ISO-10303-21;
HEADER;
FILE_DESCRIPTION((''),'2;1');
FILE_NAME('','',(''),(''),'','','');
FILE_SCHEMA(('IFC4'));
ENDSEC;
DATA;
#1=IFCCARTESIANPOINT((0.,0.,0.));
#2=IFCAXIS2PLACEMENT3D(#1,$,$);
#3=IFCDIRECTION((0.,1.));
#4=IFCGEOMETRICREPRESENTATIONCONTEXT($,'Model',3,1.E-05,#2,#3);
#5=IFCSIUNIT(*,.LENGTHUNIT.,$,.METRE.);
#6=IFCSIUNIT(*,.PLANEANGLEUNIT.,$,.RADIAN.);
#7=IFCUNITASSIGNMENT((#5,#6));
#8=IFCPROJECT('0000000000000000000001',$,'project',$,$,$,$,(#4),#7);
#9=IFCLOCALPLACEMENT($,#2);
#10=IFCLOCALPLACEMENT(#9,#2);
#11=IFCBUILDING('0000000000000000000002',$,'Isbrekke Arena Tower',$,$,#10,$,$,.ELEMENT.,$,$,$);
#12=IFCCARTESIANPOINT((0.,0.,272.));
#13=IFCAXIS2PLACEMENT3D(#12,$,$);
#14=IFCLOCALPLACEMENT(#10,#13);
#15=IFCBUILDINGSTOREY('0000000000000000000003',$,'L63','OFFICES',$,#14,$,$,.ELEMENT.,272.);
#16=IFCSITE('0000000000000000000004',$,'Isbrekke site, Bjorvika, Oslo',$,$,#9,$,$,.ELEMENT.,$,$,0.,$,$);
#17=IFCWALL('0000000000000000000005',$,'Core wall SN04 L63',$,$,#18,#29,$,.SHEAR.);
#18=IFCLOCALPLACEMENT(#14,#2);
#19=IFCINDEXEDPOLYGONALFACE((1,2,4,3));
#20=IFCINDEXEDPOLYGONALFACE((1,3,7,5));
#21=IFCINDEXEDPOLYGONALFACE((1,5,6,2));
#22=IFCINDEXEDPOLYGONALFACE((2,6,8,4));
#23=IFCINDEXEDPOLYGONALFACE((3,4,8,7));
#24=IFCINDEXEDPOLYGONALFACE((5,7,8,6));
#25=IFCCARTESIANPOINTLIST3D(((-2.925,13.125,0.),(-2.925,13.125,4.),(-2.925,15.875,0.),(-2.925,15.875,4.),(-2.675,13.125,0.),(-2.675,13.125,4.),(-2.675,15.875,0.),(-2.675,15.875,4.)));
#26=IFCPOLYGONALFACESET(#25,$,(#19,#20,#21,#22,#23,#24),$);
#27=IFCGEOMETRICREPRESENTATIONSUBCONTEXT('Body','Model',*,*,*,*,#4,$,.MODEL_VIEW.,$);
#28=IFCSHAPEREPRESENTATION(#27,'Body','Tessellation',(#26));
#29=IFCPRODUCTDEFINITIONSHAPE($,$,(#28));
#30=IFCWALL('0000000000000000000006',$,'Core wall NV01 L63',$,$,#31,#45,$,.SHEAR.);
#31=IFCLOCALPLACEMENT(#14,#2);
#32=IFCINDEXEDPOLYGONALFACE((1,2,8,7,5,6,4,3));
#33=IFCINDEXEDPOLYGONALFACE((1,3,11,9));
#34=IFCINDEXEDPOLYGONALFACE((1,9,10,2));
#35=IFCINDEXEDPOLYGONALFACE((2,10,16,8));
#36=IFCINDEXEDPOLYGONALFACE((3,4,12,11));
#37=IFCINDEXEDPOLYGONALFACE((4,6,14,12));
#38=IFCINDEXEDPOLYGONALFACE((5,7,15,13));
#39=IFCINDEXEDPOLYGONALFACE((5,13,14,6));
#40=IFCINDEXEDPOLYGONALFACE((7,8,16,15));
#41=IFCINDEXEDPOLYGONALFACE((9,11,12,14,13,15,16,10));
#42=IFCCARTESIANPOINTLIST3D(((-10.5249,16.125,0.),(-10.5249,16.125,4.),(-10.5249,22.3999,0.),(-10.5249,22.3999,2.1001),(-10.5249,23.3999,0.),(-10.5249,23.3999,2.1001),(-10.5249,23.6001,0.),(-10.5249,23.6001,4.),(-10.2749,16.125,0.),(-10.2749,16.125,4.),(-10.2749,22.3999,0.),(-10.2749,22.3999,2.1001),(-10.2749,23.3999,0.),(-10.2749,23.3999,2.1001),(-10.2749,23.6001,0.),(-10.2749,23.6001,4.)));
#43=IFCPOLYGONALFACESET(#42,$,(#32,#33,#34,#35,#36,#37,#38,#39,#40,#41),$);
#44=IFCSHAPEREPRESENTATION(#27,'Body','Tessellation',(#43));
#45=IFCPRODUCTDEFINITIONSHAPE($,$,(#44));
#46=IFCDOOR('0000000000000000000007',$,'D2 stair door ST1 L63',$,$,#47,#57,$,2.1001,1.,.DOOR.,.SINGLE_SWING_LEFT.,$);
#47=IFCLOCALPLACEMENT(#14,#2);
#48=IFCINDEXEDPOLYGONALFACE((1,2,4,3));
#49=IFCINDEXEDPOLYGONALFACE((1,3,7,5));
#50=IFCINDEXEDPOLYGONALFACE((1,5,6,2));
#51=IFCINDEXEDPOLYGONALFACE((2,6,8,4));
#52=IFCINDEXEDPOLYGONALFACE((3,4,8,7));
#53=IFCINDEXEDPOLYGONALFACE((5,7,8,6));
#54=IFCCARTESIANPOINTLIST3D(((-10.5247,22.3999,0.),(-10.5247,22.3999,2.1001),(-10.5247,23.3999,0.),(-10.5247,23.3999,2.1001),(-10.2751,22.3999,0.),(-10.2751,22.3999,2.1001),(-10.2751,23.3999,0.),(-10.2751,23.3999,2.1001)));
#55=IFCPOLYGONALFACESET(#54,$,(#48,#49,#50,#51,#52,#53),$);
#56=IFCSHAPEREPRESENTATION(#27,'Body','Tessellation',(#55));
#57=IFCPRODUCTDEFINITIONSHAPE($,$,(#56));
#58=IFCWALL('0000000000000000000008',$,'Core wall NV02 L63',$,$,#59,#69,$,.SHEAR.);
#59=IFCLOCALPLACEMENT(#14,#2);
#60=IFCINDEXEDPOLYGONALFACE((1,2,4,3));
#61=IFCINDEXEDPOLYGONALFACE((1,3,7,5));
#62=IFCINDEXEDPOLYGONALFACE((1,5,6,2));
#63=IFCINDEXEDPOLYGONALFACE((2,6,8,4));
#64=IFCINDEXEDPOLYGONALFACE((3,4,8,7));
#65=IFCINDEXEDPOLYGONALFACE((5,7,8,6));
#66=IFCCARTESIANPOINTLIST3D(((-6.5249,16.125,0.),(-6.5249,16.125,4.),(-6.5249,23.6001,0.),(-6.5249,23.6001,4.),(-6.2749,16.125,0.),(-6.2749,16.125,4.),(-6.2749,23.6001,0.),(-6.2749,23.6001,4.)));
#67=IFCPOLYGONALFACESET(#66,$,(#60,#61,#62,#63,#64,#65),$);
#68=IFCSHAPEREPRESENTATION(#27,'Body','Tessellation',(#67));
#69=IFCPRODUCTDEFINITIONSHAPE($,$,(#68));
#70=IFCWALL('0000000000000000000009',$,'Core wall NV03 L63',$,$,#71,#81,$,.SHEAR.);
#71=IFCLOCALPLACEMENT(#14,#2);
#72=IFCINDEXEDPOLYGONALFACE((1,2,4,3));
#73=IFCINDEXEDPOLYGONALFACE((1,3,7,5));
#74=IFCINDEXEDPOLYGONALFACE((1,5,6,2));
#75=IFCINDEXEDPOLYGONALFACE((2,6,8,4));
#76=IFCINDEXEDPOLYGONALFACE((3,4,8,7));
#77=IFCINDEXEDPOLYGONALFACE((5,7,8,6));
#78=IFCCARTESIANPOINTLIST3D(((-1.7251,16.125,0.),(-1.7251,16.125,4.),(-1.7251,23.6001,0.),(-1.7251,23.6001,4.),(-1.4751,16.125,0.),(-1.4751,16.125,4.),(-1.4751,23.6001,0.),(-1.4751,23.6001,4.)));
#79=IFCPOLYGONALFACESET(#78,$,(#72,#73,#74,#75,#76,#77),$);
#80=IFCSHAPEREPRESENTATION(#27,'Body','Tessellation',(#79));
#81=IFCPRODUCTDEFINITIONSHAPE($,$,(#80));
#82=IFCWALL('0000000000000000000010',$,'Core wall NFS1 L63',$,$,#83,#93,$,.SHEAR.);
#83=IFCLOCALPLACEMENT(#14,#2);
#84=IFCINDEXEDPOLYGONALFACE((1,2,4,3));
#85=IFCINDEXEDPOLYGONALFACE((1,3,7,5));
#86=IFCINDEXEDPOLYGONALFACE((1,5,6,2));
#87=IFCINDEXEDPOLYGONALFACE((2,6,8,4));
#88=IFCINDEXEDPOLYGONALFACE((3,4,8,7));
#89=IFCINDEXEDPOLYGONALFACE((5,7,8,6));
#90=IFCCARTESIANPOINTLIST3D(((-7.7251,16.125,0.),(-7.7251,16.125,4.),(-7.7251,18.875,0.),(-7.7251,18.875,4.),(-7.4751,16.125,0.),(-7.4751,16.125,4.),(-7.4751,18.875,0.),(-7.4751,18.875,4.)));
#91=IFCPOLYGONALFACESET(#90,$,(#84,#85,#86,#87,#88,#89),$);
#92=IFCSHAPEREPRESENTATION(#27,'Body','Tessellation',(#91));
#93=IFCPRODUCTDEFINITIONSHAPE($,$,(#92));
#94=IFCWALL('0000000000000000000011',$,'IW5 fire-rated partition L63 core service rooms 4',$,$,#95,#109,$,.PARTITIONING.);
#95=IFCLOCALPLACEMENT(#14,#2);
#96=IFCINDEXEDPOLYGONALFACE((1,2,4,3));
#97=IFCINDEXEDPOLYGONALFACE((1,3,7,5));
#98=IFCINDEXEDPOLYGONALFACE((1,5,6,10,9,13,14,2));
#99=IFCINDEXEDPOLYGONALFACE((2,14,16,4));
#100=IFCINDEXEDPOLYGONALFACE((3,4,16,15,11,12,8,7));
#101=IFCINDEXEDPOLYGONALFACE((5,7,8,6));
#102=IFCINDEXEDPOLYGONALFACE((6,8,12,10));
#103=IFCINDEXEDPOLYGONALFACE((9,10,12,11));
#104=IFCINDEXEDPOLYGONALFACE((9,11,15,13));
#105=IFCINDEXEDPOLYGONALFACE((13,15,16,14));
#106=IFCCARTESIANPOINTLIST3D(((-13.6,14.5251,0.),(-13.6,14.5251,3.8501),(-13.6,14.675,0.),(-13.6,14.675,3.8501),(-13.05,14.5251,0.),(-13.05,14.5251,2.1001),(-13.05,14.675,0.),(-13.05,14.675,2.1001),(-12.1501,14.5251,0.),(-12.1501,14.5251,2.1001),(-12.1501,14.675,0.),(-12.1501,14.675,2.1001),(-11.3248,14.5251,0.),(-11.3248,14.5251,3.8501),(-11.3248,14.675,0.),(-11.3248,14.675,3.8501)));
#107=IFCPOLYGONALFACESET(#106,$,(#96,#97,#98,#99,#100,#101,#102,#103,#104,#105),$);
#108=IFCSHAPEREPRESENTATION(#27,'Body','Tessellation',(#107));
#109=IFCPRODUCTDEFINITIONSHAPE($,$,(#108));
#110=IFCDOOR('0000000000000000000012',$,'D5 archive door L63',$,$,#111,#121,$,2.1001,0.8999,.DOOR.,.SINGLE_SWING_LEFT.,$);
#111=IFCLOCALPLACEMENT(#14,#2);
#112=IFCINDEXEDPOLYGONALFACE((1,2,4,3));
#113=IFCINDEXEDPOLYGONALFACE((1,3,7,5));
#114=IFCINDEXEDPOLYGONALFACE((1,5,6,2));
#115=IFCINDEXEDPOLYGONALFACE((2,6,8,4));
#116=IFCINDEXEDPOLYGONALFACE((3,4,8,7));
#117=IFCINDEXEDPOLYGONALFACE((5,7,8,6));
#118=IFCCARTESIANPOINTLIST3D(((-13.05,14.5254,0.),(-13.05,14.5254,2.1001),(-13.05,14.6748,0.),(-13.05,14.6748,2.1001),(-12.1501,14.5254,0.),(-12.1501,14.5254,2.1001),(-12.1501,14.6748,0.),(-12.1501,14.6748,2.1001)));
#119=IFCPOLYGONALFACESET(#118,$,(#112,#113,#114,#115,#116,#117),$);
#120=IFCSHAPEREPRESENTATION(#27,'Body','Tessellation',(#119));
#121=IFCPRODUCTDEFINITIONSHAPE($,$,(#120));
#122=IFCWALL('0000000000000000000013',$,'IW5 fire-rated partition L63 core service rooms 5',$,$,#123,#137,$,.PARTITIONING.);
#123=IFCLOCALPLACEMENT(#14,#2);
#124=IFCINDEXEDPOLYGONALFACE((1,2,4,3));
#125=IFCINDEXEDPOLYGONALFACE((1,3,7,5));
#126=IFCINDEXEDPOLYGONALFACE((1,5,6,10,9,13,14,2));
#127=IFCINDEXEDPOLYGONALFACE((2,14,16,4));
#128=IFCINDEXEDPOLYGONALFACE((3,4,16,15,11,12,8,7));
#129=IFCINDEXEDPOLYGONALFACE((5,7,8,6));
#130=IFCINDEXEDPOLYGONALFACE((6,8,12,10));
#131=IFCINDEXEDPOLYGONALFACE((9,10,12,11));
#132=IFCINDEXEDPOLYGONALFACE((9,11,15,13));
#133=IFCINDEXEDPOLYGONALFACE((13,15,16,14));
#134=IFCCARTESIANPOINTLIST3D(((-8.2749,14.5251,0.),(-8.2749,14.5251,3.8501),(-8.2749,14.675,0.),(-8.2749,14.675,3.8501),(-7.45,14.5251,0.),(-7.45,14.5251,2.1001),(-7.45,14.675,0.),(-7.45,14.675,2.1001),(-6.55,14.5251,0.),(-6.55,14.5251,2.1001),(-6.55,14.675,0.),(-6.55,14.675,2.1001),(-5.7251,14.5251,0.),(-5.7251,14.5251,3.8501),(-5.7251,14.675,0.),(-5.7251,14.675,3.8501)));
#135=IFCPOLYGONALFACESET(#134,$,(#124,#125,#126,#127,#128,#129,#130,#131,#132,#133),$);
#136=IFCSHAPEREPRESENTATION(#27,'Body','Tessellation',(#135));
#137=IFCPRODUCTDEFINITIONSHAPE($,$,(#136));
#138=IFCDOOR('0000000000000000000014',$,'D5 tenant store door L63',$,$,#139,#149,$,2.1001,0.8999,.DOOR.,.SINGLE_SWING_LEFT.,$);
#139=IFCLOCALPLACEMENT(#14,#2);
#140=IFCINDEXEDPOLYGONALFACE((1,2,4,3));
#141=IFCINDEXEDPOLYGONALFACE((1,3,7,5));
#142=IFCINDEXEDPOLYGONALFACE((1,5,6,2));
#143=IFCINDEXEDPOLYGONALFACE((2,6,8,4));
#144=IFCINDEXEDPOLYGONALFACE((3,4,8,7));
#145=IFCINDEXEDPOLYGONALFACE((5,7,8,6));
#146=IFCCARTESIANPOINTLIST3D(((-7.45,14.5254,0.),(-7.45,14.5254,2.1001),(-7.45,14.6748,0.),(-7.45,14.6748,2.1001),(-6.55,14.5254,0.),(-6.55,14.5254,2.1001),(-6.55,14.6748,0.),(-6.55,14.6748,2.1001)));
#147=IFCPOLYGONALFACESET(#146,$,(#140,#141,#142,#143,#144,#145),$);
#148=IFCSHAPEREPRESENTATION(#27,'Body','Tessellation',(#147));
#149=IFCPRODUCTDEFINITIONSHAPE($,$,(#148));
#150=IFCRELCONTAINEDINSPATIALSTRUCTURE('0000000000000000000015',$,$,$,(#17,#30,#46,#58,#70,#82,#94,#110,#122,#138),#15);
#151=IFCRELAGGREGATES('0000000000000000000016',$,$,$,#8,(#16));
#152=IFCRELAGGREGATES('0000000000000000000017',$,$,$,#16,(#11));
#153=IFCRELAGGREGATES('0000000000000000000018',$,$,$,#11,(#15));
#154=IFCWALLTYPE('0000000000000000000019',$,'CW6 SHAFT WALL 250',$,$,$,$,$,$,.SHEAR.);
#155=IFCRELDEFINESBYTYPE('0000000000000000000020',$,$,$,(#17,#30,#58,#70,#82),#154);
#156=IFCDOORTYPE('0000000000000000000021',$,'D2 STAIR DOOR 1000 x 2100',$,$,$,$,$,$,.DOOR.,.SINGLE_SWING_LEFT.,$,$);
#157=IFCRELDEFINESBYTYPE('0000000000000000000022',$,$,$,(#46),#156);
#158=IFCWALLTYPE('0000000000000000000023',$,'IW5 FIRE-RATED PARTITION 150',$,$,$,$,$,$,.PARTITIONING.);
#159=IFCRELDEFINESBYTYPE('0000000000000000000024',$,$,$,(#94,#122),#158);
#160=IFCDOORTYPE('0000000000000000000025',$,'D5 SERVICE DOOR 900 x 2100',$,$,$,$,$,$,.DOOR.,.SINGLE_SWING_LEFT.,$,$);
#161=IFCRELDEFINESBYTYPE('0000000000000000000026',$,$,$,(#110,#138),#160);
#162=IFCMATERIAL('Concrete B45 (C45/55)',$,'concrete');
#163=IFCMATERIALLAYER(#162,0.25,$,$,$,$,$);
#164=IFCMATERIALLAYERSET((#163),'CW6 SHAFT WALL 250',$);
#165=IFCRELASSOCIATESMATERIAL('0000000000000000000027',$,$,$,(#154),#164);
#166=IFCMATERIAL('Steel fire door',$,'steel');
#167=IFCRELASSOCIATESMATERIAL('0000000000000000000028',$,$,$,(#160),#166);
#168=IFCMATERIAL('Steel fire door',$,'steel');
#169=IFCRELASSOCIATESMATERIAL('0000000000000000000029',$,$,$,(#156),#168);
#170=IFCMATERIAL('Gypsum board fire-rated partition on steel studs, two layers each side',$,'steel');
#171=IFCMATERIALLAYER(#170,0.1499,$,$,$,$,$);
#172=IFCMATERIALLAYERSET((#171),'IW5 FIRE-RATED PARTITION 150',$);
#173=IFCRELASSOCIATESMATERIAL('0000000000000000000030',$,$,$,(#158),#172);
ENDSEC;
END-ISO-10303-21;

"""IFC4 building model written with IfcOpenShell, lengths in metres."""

from ifc_helpers import new_model, si_unit, direction, frame, frame_2d, origin, place, context, subcontext, project, spatial, rectangle, extrude, material, layer, layer_set, type_object, element, fill, save


model = new_model("IFC4")

# Units and contexts
model_context = context("Model", 3, precision=1e-05, world=origin(), true_north=direction((0.0, 1.0)))
body_context = subcontext(model_context, "Body", "Model", "MODEL_VIEW")
ifc_project = project(units=[si_unit("LENGTHUNIT", "METRE"), si_unit("PLANEANGLEUNIT", "RADIAN")], contexts=[model_context])

# Site, building, storey
site_placement = place(None, origin())
site = spatial("IfcSite", under=ifc_project, at=site_placement, Name="Isbrekke site, Bjorvika, Oslo", CompositionType="ELEMENT", RefElevation=0.0)
building_placement = place(site_placement, origin())
building = spatial("IfcBuilding", under=site, at=building_placement, Name="Isbrekke Arena Tower", CompositionType="ELEMENT")
storey_placement = place(building_placement, frame((0.0, 0.0, 272.0)))
storey = spatial("IfcBuildingStorey", under=building, at=storey_placement, Name="L63", Description="OFFICES", CompositionType="ELEMENT", Elevation=272.0)

# Shared definitions
ifc_material_1 = material(Name="Concrete B45 (C45/55)", Category="concrete")
ifc_layer_1 = layer(ifc_material_1, 0.25)
ifc_layer_set_1 = layer_set([ifc_layer_1], Name="CW6 SHAFT WALL 250")
wall_type_1 = type_object("IfcWallType", Name="CW6 SHAFT WALL 250", PredefinedType="SHEAR", material=ifc_layer_set_1)
ifc_material_2 = material(Name="Steel fire door", Category="steel")
door_type_1 = type_object("IfcDoorType", Name="D5 SERVICE DOOR 900 x 2100", OperationType="SINGLE_SWING_LEFT", PredefinedType="DOOR", material=ifc_material_2)

# Wall
for number, where, z_axis, x_axis, name in (
    (1, (-2.8, 13.125, 0.0), (0.0, 0.0, 1.0), (0.0, 1.0, 0.0), "Core wall SN04 L63"),
):
    element("IfcWall", number, at=place(storey_placement, frame(where, z_axis=z_axis, x_axis=x_axis)), inside=storey, type_object=wall_type_1, Name=name, PredefinedType="SHEAR", context=body_context, shape_type="SweptSolid", body=[
        extrude(rectangle(XDim=2.75, YDim=0.25, at=frame_2d((1.375, 0.0))), origin(), (0.0, 0.0, 1.0), 4.0),
    ])

# Wall, opening, door
wall_1_placement = place(storey_placement, frame((-10.3999, 16.125, 0.0), z_axis=(0.0, 0.0, 1.0), x_axis=(0.0, 1.0, 0.0)))
wall_1 = element("IfcWall", 2, at=wall_1_placement, inside=storey, type_object=wall_type_1, Name="Core wall NV01 L63", PredefinedType="SHEAR", context=body_context, shape_type="SweptSolid", body=[
    extrude(rectangle(XDim=7.4751, YDim=0.25, at=frame_2d((3.7375, 0.0))), origin(), (0.0, 0.0, 1.0), 4.0),
])
opening_1_placement = place(wall_1_placement, frame((6.2749, 0.0, 0.0)))
opening_1 = element("IfcOpeningElement", 3, at=opening_1_placement, cuts=wall_1, PredefinedType="OPENING", context=body_context, shape_type="SweptSolid", body=[
    extrude(rectangle(XDim=1.0, YDim=2.1001, at=frame_2d((0.5, 1.05))), frame((0.0, 0.1399, 0.0), z_axis=(0.0, -1.0, 0.0), x_axis=(1.0, 0.0, 0.0)), (0.0, 0.0, 1.0), 0.2798),
])
ifc_material_3 = material(Name="Steel fire door", Category="steel")
door_type_2 = type_object("IfcDoorType", Name="D2 STAIR DOOR 1000 x 2100", OperationType="SINGLE_SWING_LEFT", PredefinedType="DOOR", material=ifc_material_3)
door_1_placement = place(opening_1_placement, origin())
door_1 = element("IfcDoor", 4, at=door_1_placement, inside=storey, type_object=door_type_2, Name="D2 stair door ST1 L63", OperationType="SINGLE_SWING_LEFT", OverallHeight=2.1001, OverallWidth=1.0, PredefinedType="DOOR", context=body_context, shape_type="SweptSolid", body=[
    extrude(rectangle(XDim=1.0, YDim=2.1001, at=frame_2d((0.5, 1.05))), frame((0.0, 0.1248, 0.0), z_axis=(0.0, -1.0, 0.0), x_axis=(1.0, 0.0, 0.0)), (0.0, 0.0, 1.0), 0.2495),
])
fill(opening_1, door_1)

# Walls
for number, where, z_axis, x_axis, name in (
    (5, (-6.3999, 16.125, 0.0), (0.0, 0.0, 1.0), (0.0, 1.0, 0.0), "Core wall NV02 L63"),
    (6, (-1.6001, 16.125, 0.0), (0.0, 0.0, 1.0), (0.0, 1.0, 0.0), "Core wall NV03 L63"),
):
    element("IfcWall", number, at=place(storey_placement, frame(where, z_axis=z_axis, x_axis=x_axis)), inside=storey, type_object=wall_type_1, Name=name, PredefinedType="SHEAR", context=body_context, shape_type="SweptSolid", body=[
        extrude(rectangle(XDim=7.4751, YDim=0.25, at=frame_2d((3.7375, 0.0))), origin(), (0.0, 0.0, 1.0), 4.0),
    ])
wall_2_placement = place(storey_placement, frame((-7.6001, 16.125, 0.0), z_axis=(0.0, 0.0, 1.0), x_axis=(0.0, 1.0, 0.0)))
element("IfcWall", 7, at=wall_2_placement, inside=storey, type_object=wall_type_1, Name="Core wall NFS1 L63", PredefinedType="SHEAR", context=body_context, shape_type="SweptSolid", body=[
    extrude(rectangle(XDim=2.75, YDim=0.25, at=frame_2d((1.375, 0.0))), origin(), (0.0, 0.0, 1.0), 4.0),
])

# Walls, openings, doors
ifc_material_4 = material(Name="Gypsum board fire-rated partition on steel studs, two layers each side", Category="steel")
ifc_layer_2 = layer(ifc_material_4, 0.1499)
ifc_layer_set_2 = layer_set([ifc_layer_2], Name="IW5 FIRE-RATED PARTITION 150")
wall_type_2 = type_object("IfcWallType", Name="IW5 FIRE-RATED PARTITION 150", PredefinedType="PARTITIONING", material=ifc_layer_set_2)
wall_3_placement = place(storey_placement, frame((-13.6001, 14.6001, 0.0), z_axis=(0.0, 0.0, 1.0), x_axis=(1.0, 0.0, 0.0)))
wall_3 = element("IfcWall", 8, at=wall_3_placement, inside=storey, type_object=wall_type_2, Name="IW5 fire-rated partition L63 core service rooms 4", PredefinedType="PARTITIONING", context=body_context, shape_type="SweptSolid", body=[
    extrude(rectangle(XDim=2.2751, YDim=0.1499, at=frame_2d((1.1377, 0.0))), origin(), (0.0, 0.0, 1.0), 3.8501),
])
opening_2_placement = place(wall_3_placement, frame((0.55, 0.0, 0.0)))
opening_2 = element("IfcOpeningElement", 9, at=opening_2_placement, cuts=wall_3, PredefinedType="OPENING", context=body_context, shape_type="SweptSolid", body=[
    extrude(rectangle(XDim=0.8999, YDim=2.1001, at=frame_2d((0.45, 1.05))), frame((0.0, 0.0898, 0.0), z_axis=(0.0, -1.0, 0.0), x_axis=(1.0, 0.0, 0.0)), (0.0, 0.0, 1.0), 0.1797),
])
door_2_placement = place(opening_2_placement, origin())
door_2 = element("IfcDoor", 10, at=door_2_placement, inside=storey, type_object=door_type_1, Name="D5 archive door L63", OperationType="SINGLE_SWING_LEFT", OverallHeight=2.1001, OverallWidth=0.8999, PredefinedType="DOOR", context=body_context, shape_type="SweptSolid", body=[
    extrude(rectangle(XDim=0.8999, YDim=2.1001, at=frame_2d((0.45, 1.05))), frame((0.0, 0.0747, 0.0), z_axis=(0.0, -1.0, 0.0), x_axis=(1.0, 0.0, 0.0)), (0.0, 0.0, 1.0), 0.1494),
])
fill(opening_2, door_2)
wall_4_placement = place(storey_placement, frame((-8.2749, 14.6001, 0.0), z_axis=(0.0, 0.0, 1.0), x_axis=(1.0, 0.0, 0.0)))
wall_4 = element("IfcWall", 11, at=wall_4_placement, inside=storey, type_object=wall_type_2, Name="IW5 fire-rated partition L63 core service rooms 5", PredefinedType="PARTITIONING", context=body_context, shape_type="SweptSolid", body=[
    extrude(rectangle(XDim=2.5498, YDim=0.1499, at=frame_2d((1.2749, 0.0))), origin(), (0.0, 0.0, 1.0), 3.8501),
])
opening_3_placement = place(wall_4_placement, frame((0.825, 0.0, 0.0)))
opening_3 = element("IfcOpeningElement", 12, at=opening_3_placement, cuts=wall_4, PredefinedType="OPENING", context=body_context, shape_type="SweptSolid", body=[
    extrude(rectangle(XDim=0.8999, YDim=2.1001, at=frame_2d((0.45, 1.05))), frame((0.0, 0.0898, 0.0), z_axis=(0.0, -1.0, 0.0), x_axis=(1.0, 0.0, 0.0)), (0.0, 0.0, 1.0), 0.1797),
])
door_3_placement = place(opening_3_placement, origin())
door_3 = element("IfcDoor", 13, at=door_3_placement, inside=storey, type_object=door_type_1, Name="D5 tenant store door L63", OperationType="SINGLE_SWING_LEFT", OverallHeight=2.1001, OverallWidth=0.8999, PredefinedType="DOOR", context=body_context, shape_type="SweptSolid", body=[
    extrude(rectangle(XDim=0.8999, YDim=2.1001, at=frame_2d((0.45, 1.05))), frame((0.0, 0.0747, 0.0), z_axis=(0.0, -1.0, 0.0), x_axis=(1.0, 0.0, 0.0)), (0.0, 0.0, 1.0), 0.1494),
])
fill(opening_3, door_3)

save(model, "model.ifc")
